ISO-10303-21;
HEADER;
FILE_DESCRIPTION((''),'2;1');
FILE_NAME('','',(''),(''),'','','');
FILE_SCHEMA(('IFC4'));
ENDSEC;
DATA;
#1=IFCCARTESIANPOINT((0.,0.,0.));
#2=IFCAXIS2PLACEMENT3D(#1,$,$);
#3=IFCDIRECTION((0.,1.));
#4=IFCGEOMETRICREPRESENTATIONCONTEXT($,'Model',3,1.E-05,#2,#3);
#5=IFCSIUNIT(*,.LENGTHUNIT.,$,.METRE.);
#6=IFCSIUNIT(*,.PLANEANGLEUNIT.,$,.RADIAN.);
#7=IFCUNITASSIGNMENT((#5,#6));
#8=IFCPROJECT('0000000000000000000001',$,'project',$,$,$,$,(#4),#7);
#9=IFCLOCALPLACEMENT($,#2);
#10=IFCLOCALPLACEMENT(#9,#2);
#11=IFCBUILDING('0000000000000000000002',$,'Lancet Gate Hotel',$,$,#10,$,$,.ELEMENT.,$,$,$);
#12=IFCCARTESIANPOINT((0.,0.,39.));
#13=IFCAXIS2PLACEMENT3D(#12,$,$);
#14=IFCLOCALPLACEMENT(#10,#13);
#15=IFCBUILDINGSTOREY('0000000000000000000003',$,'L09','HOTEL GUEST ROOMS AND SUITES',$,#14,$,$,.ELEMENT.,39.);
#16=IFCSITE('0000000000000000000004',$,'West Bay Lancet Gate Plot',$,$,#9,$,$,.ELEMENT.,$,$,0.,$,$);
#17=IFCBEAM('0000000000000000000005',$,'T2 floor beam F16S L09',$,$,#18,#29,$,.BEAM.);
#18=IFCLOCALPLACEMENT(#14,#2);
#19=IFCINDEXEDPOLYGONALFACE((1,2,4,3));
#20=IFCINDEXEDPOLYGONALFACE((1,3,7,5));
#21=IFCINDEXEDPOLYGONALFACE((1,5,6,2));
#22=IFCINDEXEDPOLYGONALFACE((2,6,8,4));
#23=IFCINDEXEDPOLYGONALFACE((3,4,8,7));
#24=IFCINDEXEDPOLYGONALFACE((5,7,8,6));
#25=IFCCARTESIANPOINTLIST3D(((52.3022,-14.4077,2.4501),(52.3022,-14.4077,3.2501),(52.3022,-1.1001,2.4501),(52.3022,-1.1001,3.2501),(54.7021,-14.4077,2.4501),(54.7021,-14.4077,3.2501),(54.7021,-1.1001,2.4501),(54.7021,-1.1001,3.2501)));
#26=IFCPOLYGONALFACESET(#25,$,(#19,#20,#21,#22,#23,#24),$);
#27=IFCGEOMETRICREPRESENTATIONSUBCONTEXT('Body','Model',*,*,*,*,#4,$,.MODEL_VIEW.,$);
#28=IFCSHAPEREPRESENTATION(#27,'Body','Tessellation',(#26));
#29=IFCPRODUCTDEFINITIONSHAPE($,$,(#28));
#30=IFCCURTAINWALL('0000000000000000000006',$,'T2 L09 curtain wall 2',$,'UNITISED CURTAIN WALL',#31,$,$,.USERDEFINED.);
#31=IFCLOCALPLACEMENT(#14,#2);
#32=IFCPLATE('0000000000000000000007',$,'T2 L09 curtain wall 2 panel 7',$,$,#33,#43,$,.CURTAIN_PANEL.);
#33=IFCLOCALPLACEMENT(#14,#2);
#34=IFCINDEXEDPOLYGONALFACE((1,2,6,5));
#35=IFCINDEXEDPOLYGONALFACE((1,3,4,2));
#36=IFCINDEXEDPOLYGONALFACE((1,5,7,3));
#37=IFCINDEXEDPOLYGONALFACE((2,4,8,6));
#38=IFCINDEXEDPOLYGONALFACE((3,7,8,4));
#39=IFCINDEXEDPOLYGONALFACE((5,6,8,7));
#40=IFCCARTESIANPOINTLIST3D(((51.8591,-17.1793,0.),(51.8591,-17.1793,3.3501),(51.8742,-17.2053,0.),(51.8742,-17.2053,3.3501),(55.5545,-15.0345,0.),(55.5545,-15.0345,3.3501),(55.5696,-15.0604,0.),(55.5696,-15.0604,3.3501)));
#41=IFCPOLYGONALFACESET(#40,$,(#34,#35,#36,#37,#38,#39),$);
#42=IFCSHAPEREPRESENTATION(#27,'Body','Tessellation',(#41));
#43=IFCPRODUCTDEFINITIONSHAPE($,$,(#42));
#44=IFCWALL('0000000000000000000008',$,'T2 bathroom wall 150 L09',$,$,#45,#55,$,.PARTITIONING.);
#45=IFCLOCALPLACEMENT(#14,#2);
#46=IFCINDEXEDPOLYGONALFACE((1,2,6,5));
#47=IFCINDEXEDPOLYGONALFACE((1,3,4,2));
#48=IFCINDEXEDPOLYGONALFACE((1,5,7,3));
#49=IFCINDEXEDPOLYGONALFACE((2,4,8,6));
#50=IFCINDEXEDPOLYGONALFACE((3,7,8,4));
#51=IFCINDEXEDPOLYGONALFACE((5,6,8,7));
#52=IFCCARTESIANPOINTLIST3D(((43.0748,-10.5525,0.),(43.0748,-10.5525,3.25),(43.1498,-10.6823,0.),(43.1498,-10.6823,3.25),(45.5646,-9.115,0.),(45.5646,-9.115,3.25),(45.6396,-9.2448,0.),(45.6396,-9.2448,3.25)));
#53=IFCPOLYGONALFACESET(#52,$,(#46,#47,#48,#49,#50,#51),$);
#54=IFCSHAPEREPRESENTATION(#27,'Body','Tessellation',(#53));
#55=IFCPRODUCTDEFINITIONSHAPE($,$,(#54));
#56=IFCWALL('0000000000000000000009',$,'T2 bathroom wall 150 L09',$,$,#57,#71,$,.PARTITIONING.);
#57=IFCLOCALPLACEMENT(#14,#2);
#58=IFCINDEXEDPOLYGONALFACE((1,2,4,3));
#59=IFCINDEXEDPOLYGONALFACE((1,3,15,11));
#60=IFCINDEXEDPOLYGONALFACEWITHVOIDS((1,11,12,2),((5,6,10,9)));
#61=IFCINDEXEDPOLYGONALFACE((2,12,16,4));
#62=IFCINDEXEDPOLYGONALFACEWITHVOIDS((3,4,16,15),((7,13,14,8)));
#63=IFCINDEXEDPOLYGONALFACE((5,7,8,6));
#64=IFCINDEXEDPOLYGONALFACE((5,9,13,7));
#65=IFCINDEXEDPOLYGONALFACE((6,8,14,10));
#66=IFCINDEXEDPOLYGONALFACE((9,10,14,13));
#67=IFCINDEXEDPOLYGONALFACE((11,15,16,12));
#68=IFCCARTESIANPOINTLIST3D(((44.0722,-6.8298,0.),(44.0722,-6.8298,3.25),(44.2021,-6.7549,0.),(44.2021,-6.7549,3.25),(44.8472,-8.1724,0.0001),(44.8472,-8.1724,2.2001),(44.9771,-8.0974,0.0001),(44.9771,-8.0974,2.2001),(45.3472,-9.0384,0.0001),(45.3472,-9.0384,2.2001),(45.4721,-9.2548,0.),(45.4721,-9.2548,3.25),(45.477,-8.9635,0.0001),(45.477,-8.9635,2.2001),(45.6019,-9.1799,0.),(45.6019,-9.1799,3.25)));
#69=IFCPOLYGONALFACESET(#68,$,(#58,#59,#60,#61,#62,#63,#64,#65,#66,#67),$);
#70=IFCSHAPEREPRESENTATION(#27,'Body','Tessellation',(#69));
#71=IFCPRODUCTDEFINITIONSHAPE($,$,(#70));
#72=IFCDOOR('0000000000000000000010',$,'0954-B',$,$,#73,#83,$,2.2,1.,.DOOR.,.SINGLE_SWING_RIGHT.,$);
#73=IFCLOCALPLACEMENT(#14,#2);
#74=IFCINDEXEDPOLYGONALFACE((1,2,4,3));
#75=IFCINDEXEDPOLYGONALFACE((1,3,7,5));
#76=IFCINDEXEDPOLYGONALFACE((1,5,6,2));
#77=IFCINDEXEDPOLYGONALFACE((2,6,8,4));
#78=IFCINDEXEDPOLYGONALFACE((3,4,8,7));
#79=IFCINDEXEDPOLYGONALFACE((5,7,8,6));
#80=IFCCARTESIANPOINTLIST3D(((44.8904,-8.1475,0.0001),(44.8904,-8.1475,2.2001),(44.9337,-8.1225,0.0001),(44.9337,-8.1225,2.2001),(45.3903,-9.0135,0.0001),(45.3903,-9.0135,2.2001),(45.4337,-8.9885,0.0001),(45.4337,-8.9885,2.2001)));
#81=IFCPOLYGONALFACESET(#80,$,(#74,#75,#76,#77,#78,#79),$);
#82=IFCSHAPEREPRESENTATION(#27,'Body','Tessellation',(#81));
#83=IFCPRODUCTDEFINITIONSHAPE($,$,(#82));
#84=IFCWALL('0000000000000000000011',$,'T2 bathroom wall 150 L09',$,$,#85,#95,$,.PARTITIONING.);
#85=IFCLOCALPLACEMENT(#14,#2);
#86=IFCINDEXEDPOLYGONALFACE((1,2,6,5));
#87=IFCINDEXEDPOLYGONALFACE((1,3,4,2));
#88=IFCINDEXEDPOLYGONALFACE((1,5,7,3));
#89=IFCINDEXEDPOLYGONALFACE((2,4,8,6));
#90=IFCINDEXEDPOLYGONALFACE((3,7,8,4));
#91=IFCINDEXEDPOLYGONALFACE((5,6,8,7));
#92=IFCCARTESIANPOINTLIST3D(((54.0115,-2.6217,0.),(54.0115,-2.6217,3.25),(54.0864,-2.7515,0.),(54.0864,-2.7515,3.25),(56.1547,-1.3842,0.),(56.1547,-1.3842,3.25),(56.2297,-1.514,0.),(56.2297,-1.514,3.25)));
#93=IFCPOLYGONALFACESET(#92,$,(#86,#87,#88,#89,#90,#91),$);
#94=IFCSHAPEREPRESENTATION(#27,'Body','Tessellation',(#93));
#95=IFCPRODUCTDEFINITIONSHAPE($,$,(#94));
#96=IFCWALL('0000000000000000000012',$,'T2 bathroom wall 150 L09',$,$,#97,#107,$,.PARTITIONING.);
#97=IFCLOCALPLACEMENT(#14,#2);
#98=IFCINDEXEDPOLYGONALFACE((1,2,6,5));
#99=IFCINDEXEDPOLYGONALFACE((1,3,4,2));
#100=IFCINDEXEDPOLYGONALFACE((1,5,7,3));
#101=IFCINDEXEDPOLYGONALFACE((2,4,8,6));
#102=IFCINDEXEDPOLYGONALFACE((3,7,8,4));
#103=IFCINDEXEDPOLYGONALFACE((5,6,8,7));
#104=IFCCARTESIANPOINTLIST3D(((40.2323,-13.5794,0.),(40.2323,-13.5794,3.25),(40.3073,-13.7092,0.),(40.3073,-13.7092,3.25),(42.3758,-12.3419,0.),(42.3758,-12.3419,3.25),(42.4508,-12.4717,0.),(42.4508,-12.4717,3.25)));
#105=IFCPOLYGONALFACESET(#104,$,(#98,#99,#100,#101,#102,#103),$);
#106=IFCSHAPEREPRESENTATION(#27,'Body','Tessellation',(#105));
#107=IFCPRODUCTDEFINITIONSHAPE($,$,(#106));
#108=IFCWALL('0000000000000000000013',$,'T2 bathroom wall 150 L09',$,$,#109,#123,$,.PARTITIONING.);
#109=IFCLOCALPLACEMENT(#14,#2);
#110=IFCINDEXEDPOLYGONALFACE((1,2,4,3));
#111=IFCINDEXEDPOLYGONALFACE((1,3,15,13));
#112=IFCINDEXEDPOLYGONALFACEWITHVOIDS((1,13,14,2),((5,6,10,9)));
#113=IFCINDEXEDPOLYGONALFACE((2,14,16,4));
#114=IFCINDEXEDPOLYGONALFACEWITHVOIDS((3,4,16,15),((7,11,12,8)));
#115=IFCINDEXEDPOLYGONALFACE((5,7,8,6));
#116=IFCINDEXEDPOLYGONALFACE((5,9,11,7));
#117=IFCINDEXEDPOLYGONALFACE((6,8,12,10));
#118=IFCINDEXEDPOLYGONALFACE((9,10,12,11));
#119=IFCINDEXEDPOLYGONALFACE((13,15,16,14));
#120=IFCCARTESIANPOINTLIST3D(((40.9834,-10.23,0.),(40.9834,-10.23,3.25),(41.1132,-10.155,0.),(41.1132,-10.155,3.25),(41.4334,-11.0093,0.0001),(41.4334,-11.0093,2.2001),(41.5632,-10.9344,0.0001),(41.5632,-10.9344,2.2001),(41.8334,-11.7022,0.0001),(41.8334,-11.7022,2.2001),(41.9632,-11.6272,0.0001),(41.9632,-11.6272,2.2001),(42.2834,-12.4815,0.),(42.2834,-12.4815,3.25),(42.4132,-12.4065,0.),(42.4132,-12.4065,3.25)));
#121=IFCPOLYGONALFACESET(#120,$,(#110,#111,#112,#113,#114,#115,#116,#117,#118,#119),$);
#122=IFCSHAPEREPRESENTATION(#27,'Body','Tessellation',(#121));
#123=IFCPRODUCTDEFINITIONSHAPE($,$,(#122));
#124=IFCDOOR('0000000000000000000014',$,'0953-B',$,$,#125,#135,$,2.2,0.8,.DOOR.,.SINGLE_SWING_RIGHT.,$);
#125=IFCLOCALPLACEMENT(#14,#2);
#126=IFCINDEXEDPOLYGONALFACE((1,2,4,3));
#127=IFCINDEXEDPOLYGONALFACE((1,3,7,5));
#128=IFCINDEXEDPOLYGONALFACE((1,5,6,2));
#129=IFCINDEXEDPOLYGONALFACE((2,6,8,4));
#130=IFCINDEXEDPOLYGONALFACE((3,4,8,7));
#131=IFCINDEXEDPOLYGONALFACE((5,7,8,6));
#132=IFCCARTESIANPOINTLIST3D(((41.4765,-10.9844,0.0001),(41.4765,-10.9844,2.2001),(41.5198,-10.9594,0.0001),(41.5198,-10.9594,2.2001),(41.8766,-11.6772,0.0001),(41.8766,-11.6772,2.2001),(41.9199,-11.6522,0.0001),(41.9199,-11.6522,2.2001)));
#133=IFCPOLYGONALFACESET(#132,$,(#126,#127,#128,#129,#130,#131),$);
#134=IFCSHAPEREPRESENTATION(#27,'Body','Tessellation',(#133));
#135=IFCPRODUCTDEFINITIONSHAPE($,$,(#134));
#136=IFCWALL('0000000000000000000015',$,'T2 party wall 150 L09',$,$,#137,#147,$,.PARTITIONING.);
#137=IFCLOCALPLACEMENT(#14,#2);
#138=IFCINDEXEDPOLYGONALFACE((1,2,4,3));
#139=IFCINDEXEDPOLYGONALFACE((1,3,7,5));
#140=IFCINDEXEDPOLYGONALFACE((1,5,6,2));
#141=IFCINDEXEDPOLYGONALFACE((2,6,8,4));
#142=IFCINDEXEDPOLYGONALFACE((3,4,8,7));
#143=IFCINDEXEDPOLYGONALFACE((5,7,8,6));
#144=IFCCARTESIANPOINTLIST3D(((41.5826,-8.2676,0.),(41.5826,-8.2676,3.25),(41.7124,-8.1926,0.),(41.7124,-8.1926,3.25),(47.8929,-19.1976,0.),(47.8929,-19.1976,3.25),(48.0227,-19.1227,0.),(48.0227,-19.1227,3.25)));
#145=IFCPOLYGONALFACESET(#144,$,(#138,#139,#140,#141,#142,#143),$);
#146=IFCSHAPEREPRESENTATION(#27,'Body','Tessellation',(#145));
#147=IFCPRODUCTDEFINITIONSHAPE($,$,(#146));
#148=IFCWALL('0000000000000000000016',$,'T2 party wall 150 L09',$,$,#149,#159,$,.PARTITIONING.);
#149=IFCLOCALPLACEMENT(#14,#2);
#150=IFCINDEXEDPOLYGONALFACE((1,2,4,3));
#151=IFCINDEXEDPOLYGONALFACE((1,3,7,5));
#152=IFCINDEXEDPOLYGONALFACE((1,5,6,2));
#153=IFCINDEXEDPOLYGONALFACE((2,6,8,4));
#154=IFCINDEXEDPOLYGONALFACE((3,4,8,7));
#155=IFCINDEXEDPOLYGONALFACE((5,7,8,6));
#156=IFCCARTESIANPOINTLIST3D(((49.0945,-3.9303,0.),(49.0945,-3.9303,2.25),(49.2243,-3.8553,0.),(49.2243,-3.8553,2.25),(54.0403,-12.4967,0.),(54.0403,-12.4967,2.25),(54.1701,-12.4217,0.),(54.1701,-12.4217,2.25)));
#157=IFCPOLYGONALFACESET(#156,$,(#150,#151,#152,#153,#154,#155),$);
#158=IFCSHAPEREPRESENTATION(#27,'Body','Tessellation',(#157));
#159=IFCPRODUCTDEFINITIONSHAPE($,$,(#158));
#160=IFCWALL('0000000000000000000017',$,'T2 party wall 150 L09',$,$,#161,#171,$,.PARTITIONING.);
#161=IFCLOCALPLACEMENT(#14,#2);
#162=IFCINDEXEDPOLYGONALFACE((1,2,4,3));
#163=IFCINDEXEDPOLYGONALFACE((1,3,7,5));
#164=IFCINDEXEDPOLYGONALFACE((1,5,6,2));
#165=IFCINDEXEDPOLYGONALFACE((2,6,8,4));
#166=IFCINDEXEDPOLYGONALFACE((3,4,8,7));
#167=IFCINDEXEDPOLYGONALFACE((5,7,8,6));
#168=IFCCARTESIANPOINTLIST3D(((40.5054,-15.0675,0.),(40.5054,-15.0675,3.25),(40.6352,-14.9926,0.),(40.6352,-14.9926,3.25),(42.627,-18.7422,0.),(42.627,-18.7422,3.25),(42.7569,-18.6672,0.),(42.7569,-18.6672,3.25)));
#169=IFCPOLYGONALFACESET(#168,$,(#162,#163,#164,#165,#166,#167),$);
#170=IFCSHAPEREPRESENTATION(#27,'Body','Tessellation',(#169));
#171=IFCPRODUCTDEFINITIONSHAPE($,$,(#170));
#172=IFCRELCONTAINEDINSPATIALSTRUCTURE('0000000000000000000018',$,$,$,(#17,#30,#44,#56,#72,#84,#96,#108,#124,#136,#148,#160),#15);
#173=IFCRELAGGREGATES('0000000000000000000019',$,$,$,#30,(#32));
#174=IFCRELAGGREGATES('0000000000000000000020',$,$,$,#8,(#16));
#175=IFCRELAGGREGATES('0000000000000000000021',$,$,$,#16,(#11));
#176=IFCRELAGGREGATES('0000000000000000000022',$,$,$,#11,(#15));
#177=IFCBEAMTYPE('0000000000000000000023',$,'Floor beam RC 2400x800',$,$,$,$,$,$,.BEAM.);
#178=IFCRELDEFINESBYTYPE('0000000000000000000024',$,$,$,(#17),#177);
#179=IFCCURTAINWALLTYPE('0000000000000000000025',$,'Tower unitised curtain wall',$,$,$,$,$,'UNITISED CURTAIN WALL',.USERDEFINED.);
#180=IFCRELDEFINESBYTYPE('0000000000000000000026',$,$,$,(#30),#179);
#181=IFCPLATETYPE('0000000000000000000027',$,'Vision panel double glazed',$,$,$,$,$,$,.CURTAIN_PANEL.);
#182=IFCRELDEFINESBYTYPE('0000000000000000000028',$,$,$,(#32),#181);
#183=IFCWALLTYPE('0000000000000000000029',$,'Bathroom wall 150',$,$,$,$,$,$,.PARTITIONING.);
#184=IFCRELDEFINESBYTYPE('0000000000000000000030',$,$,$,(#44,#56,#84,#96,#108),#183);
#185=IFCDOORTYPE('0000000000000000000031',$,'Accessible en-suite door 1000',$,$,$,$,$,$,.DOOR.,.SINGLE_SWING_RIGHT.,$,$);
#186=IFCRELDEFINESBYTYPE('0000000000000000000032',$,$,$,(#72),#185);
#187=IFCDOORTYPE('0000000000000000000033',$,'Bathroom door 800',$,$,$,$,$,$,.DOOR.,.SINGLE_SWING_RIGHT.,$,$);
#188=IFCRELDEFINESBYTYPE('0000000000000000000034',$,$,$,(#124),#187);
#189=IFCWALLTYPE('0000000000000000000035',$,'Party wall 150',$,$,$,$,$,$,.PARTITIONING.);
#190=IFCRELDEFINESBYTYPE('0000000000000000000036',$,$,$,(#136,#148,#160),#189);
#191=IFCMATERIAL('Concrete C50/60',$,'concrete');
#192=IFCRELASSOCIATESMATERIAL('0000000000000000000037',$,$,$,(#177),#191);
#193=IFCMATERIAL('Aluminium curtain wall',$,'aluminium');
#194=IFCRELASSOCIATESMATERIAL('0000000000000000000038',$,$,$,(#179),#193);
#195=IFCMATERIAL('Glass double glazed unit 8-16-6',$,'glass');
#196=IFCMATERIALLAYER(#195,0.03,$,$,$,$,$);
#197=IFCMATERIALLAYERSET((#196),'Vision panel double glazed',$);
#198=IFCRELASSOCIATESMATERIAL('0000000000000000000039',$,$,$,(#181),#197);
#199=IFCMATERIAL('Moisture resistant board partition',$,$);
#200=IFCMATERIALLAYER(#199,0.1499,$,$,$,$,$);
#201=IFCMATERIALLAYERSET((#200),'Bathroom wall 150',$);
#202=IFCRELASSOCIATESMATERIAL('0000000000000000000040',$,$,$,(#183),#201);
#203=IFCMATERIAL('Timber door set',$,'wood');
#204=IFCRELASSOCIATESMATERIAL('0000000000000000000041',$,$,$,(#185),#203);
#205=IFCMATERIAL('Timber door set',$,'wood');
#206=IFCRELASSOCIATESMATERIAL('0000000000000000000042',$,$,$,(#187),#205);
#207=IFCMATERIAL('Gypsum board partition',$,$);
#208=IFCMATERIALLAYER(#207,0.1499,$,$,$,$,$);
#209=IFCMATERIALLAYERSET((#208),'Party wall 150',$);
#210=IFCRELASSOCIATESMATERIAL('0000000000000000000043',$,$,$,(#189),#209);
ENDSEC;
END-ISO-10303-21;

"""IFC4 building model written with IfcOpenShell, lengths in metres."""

from ifc_helpers import new_model, si_unit, direction, frame, frame_2d, origin, origin_2d, place, context, subcontext, project, spatial, rectangle, extrude, material, layer, layer_set, material_profile, profile_set, type_object, element, fill, aggregate, save


model = new_model("IFC4")

# Units and contexts
model_context = context("Model", 3, precision=1e-05, world=origin(), true_north=direction((0.0, 1.0)))
body_context = subcontext(model_context, "Body", "Model", "MODEL_VIEW")
ifc_project = project(units=[si_unit("LENGTHUNIT", "METRE"), si_unit("PLANEANGLEUNIT", "RADIAN")], contexts=[model_context])

# Site, building, storey
site_placement = place(None, origin())
site = spatial("IfcSite", under=ifc_project, at=site_placement, Name="West Bay Lancet Gate Plot", CompositionType="ELEMENT", RefElevation=0.0)
building_placement = place(site_placement, origin())
building = spatial("IfcBuilding", under=site, at=building_placement, Name="Lancet Gate Hotel", CompositionType="ELEMENT")
storey_placement = place(building_placement, frame((0.0, 0.0, 39.0)))
storey = spatial("IfcBuildingStorey", under=building, at=storey_placement, Name="L09", Description="HOTEL GUEST ROOMS AND SUITES", CompositionType="ELEMENT", Elevation=39.0)

# Beam
ifc_material_1 = material(Name="Concrete C50/60", Category="concrete")
ifc_material_profile = material_profile(ifc_material_1, rectangle(XDim=2.3999, YDim=0.8, at=origin_2d()), Name="RC 2400x800")
ifc_profile_set = profile_set([ifc_material_profile], Name="Concrete C50/60")
beam_type = type_object("IfcBeamType", Name="Floor beam RC 2400x800", PredefinedType="BEAM", material=ifc_profile_set)
beam_placement = place(storey_placement, frame((53.5022, -14.4077, 2.8501), z_axis=(0.0, 1.0, 0.0), x_axis=(-1.0, 0.0, 0.0)))
element("IfcBeam", 1, at=beam_placement, inside=storey, type_object=beam_type, Name="T2 floor beam F16S L09", PredefinedType="BEAM", context=body_context, shape_type="SweptSolid", body=[
    extrude(rectangle(XDim=2.3999, YDim=0.8, at=origin_2d()), origin(), (0.0, 0.0, 1.0), 13.3076),
])

# Curtain wall, plate
ifc_material_2 = material(Name="Aluminium curtain wall", Category="aluminium")
curtain_wall_type = type_object("IfcCurtainWallType", Name="Tower unitised curtain wall", ElementType="UNITISED CURTAIN WALL", PredefinedType="USERDEFINED", material=ifc_material_2)
curtain_wall_placement = place(storey_placement, origin())
curtain_wall = element("IfcCurtainWall", 2, at=curtain_wall_placement, inside=storey, type_object=curtain_wall_type, Name="T2 L09 curtain wall 2", ObjectType="UNITISED CURTAIN WALL", PredefinedType="USERDEFINED")
ifc_material_3 = material(Name="Glass double glazed unit 8-16-6", Category="glass")
ifc_layer_1 = layer(ifc_material_3, 0.03)
ifc_layer_set_1 = layer_set([ifc_layer_1], Name="Vision panel double glazed")
plate_type = type_object("IfcPlateType", Name="Vision panel double glazed", PredefinedType="CURTAIN_PANEL", material=ifc_layer_set_1)
plate_placement = place(storey_placement, frame((53.7144, -16.1199, 0.0), z_axis=(0.0, 0.0, 1.0), x_axis=(0.864872, 0.501993, 0.0)))
plate = element("IfcPlate", 3, at=plate_placement, type_object=plate_type, Name="T2 L09 curtain wall 2 panel 7", PredefinedType="CURTAIN_PANEL", context=body_context, shape_type="SweptSolid", body=[
    extrude(rectangle(XDim=4.2727, YDim=0.03, at=origin_2d()), origin(), (0.0, 0.0, 1.0), 3.3501),
])
aggregate(curtain_wall, [plate])

# Wall
ifc_material_4 = material(Name="Moisture resistant board partition")
ifc_layer_2 = layer(ifc_material_4, 0.1499)
ifc_layer_set_2 = layer_set([ifc_layer_2], Name="Bathroom wall 150")
wall_type_1 = type_object("IfcWallType", Name="Bathroom wall 150", PredefinedType="PARTITIONING", material=ifc_layer_set_2)
wall_1_placement = place(storey_placement, frame((43.1123, -10.6174, 0.0), z_axis=(0.0, 0.0, 1.0), x_axis=(0.866019, 0.500012, 0.0)))
element("IfcWall", 4, at=wall_1_placement, inside=storey, type_object=wall_type_1, Name="T2 bathroom wall 150 L09", PredefinedType="PARTITIONING", context=body_context, shape_type="SweptSolid", body=[
    extrude(rectangle(XDim=2.875, YDim=0.1499, at=frame_2d((1.4375, 0.0))), origin(), (0.0, 0.0, 1.0), 3.25),
])

# Wall, opening, door
wall_2_placement = place(storey_placement, frame((44.1372, -6.7925, 0.0), z_axis=(0.0, 0.0, 1.0), x_axis=(0.499946, -0.866056, 0.0)))
wall_2 = element("IfcWall", 5, at=wall_2_placement, inside=storey, type_object=wall_type_1, Name="T2 bathroom wall 150 L09", PredefinedType="PARTITIONING", context=body_context, shape_type="SweptSolid", body=[
    extrude(rectangle(XDim=2.8, YDim=0.1499, at=frame_2d((1.3999, 0.0))), origin(), (0.0, 0.0, 1.0), 3.25),
])
opening_1_placement = place(wall_2_placement, frame((1.55, 0.0, 0.0)))
opening_1 = element("IfcOpeningElement", 6, at=opening_1_placement, cuts=wall_2, PredefinedType="OPENING", context=body_context, shape_type="SweptSolid", body=[
    extrude(rectangle(XDim=1.0, YDim=2.2, at=frame_2d((0.5, 1.1001))), frame((0.0, 0.085, 0.0), z_axis=(0.0, -1.0, 0.0), x_axis=(1.0, 0.0, 0.0)), (0.0, 0.0, 1.0), 0.1699),
])
ifc_material_5 = material(Name="Timber door set", Category="wood")
door_type_1 = type_object("IfcDoorType", Name="Accessible en-suite door 1000", OperationType="SINGLE_SWING_RIGHT", PredefinedType="DOOR", material=ifc_material_5)
door_1_placement = place(opening_1_placement, origin())
door_1 = element("IfcDoor", 7, at=door_1_placement, inside=storey, type_object=door_type_1, Name="0954-B", OperationType="SINGLE_SWING_RIGHT", OverallHeight=2.2, OverallWidth=1.0, PredefinedType="DOOR", context=body_context, shape_type="SweptSolid", body=[
    extrude(rectangle(XDim=1.0, YDim=2.2, at=frame_2d((0.5, 1.1001))), frame((0.0, 0.0249, 0.0), z_axis=(0.0, -1.0, 0.0), x_axis=(1.0, 0.0, 0.0)), (0.0, 0.0, 1.0), 0.05),
])
fill(opening_1, door_1)

# Walls
wall_3_placement = place(storey_placement, frame((54.0491, -2.6865, 0.0), z_axis=(0.0, 0.0, 1.0), x_axis=(0.866007, 0.500033, 0.0)))
element("IfcWall", 8, at=wall_3_placement, inside=storey, type_object=wall_type_1, Name="T2 bathroom wall 150 L09", PredefinedType="PARTITIONING", context=body_context, shape_type="SweptSolid", body=[
    extrude(rectangle(XDim=2.4749, YDim=0.1499, at=frame_2d((1.2373, 0.0))), origin(), (0.0, 0.0, 1.0), 3.25),
])
wall_4_placement = place(storey_placement, frame((40.2698, -13.6443, 0.0), z_axis=(0.0, 0.0, 1.0), x_axis=(0.866031, 0.49999, 0.0)))
element("IfcWall", 9, at=wall_4_placement, inside=storey, type_object=wall_type_1, Name="T2 bathroom wall 150 L09", PredefinedType="PARTITIONING", context=body_context, shape_type="SweptSolid", body=[
    extrude(rectangle(XDim=2.4751, YDim=0.1499, at=frame_2d((1.2375, 0.0))), origin(), (0.0, 0.0, 1.0), 3.25),
])

# Wall, opening, door
wall_5_placement = place(storey_placement, frame((41.0483, -10.1926, 0.0), z_axis=(0.0, 0.0, 1.0), x_axis=(0.500048, -0.865998, 0.0)))
wall_5 = element("IfcWall", 10, at=wall_5_placement, inside=storey, type_object=wall_type_1, Name="T2 bathroom wall 150 L09", PredefinedType="PARTITIONING", context=body_context, shape_type="SweptSolid", body=[
    extrude(rectangle(XDim=2.5999, YDim=0.1499, at=frame_2d((1.2998, 0.0))), origin(), (0.0, 0.0, 1.0), 3.25),
])
opening_2_placement = place(wall_5_placement, frame((0.8999, 0.0, 0.0)))
opening_2 = element("IfcOpeningElement", 11, at=opening_2_placement, cuts=wall_5, PredefinedType="OPENING", context=body_context, shape_type="SweptSolid", body=[
    extrude(rectangle(XDim=0.8, YDim=2.2, at=frame_2d((0.3999, 1.1001))), frame((0.0, 0.085, 0.0), z_axis=(0.0, -1.0, 0.0), x_axis=(1.0, 0.0, 0.0)), (0.0, 0.0, 1.0), 0.1699),
])
ifc_material_6 = material(Name="Timber door set", Category="wood")
door_type_2 = type_object("IfcDoorType", Name="Bathroom door 800", OperationType="SINGLE_SWING_RIGHT", PredefinedType="DOOR", material=ifc_material_6)
door_2_placement = place(opening_2_placement, origin())
door_2 = element("IfcDoor", 12, at=door_2_placement, inside=storey, type_object=door_type_2, Name="0953-B", OperationType="SINGLE_SWING_RIGHT", OverallHeight=2.2, OverallWidth=0.8, PredefinedType="DOOR", context=body_context, shape_type="SweptSolid", body=[
    extrude(rectangle(XDim=0.8, YDim=2.2, at=frame_2d((0.3999, 1.1001))), frame((0.0, 0.0249, 0.0), z_axis=(0.0, -1.0, 0.0), x_axis=(1.0, 0.0, 0.0)), (0.0, 0.0, 1.0), 0.05),
])
fill(opening_2, door_2)

# Walls
ifc_material_7 = material(Name="Gypsum board partition")
ifc_layer_3 = layer(ifc_material_7, 0.1499)
ifc_layer_set_3 = layer_set([ifc_layer_3], Name="Party wall 150")
wall_type_2 = type_object("IfcWallType", Name="Party wall 150", PredefinedType="PARTITIONING", material=ifc_layer_set_3)
wall_6_placement = place(storey_placement, frame((41.6475, -8.23, 0.0), z_axis=(0.0, 0.0, 1.0), x_axis=(0.499986, -0.866034, 0.0)))
element("IfcWall", 13, at=wall_6_placement, inside=storey, type_object=wall_type_2, Name="T2 party wall 150 L09", PredefinedType="PARTITIONING", context=body_context, shape_type="SweptSolid", body=[
    extrude(rectangle(XDim=12.6208, YDim=0.1499, at=frame_2d((6.3105, 0.0))), origin(), (0.0, 0.0, 1.0), 3.25),
])
wall_7_placement = place(storey_placement, frame((49.1594, -3.8928, 0.0), z_axis=(0.0, 0.0, 1.0), x_axis=(0.499999, -0.866026, 0.0)))
element("IfcWall", 14, at=wall_7_placement, inside=storey, type_object=wall_type_2, Name="T2 party wall 150 L09", PredefinedType="PARTITIONING", context=body_context, shape_type="SweptSolid", body=[
    extrude(rectangle(XDim=9.8916, YDim=0.1499, at=frame_2d((4.9458, 0.0))), origin(), (0.0, 0.0, 1.0), 2.25),
])
wall_8_placement = place(storey_placement, frame((40.5703, -15.03, 0.0), z_axis=(0.0, 0.0, 1.0), x_axis=(0.500013, -0.866018, 0.0)))
element("IfcWall", 15, at=wall_8_placement, inside=storey, type_object=wall_type_2, Name="T2 party wall 150 L09", PredefinedType="PARTITIONING", context=body_context, shape_type="SweptSolid", body=[
    extrude(rectangle(XDim=4.2432, YDim=0.1499, at=frame_2d((2.1216, 0.0))), origin(), (0.0, 0.0, 1.0), 3.25),
])

save(model, "model.ifc")
